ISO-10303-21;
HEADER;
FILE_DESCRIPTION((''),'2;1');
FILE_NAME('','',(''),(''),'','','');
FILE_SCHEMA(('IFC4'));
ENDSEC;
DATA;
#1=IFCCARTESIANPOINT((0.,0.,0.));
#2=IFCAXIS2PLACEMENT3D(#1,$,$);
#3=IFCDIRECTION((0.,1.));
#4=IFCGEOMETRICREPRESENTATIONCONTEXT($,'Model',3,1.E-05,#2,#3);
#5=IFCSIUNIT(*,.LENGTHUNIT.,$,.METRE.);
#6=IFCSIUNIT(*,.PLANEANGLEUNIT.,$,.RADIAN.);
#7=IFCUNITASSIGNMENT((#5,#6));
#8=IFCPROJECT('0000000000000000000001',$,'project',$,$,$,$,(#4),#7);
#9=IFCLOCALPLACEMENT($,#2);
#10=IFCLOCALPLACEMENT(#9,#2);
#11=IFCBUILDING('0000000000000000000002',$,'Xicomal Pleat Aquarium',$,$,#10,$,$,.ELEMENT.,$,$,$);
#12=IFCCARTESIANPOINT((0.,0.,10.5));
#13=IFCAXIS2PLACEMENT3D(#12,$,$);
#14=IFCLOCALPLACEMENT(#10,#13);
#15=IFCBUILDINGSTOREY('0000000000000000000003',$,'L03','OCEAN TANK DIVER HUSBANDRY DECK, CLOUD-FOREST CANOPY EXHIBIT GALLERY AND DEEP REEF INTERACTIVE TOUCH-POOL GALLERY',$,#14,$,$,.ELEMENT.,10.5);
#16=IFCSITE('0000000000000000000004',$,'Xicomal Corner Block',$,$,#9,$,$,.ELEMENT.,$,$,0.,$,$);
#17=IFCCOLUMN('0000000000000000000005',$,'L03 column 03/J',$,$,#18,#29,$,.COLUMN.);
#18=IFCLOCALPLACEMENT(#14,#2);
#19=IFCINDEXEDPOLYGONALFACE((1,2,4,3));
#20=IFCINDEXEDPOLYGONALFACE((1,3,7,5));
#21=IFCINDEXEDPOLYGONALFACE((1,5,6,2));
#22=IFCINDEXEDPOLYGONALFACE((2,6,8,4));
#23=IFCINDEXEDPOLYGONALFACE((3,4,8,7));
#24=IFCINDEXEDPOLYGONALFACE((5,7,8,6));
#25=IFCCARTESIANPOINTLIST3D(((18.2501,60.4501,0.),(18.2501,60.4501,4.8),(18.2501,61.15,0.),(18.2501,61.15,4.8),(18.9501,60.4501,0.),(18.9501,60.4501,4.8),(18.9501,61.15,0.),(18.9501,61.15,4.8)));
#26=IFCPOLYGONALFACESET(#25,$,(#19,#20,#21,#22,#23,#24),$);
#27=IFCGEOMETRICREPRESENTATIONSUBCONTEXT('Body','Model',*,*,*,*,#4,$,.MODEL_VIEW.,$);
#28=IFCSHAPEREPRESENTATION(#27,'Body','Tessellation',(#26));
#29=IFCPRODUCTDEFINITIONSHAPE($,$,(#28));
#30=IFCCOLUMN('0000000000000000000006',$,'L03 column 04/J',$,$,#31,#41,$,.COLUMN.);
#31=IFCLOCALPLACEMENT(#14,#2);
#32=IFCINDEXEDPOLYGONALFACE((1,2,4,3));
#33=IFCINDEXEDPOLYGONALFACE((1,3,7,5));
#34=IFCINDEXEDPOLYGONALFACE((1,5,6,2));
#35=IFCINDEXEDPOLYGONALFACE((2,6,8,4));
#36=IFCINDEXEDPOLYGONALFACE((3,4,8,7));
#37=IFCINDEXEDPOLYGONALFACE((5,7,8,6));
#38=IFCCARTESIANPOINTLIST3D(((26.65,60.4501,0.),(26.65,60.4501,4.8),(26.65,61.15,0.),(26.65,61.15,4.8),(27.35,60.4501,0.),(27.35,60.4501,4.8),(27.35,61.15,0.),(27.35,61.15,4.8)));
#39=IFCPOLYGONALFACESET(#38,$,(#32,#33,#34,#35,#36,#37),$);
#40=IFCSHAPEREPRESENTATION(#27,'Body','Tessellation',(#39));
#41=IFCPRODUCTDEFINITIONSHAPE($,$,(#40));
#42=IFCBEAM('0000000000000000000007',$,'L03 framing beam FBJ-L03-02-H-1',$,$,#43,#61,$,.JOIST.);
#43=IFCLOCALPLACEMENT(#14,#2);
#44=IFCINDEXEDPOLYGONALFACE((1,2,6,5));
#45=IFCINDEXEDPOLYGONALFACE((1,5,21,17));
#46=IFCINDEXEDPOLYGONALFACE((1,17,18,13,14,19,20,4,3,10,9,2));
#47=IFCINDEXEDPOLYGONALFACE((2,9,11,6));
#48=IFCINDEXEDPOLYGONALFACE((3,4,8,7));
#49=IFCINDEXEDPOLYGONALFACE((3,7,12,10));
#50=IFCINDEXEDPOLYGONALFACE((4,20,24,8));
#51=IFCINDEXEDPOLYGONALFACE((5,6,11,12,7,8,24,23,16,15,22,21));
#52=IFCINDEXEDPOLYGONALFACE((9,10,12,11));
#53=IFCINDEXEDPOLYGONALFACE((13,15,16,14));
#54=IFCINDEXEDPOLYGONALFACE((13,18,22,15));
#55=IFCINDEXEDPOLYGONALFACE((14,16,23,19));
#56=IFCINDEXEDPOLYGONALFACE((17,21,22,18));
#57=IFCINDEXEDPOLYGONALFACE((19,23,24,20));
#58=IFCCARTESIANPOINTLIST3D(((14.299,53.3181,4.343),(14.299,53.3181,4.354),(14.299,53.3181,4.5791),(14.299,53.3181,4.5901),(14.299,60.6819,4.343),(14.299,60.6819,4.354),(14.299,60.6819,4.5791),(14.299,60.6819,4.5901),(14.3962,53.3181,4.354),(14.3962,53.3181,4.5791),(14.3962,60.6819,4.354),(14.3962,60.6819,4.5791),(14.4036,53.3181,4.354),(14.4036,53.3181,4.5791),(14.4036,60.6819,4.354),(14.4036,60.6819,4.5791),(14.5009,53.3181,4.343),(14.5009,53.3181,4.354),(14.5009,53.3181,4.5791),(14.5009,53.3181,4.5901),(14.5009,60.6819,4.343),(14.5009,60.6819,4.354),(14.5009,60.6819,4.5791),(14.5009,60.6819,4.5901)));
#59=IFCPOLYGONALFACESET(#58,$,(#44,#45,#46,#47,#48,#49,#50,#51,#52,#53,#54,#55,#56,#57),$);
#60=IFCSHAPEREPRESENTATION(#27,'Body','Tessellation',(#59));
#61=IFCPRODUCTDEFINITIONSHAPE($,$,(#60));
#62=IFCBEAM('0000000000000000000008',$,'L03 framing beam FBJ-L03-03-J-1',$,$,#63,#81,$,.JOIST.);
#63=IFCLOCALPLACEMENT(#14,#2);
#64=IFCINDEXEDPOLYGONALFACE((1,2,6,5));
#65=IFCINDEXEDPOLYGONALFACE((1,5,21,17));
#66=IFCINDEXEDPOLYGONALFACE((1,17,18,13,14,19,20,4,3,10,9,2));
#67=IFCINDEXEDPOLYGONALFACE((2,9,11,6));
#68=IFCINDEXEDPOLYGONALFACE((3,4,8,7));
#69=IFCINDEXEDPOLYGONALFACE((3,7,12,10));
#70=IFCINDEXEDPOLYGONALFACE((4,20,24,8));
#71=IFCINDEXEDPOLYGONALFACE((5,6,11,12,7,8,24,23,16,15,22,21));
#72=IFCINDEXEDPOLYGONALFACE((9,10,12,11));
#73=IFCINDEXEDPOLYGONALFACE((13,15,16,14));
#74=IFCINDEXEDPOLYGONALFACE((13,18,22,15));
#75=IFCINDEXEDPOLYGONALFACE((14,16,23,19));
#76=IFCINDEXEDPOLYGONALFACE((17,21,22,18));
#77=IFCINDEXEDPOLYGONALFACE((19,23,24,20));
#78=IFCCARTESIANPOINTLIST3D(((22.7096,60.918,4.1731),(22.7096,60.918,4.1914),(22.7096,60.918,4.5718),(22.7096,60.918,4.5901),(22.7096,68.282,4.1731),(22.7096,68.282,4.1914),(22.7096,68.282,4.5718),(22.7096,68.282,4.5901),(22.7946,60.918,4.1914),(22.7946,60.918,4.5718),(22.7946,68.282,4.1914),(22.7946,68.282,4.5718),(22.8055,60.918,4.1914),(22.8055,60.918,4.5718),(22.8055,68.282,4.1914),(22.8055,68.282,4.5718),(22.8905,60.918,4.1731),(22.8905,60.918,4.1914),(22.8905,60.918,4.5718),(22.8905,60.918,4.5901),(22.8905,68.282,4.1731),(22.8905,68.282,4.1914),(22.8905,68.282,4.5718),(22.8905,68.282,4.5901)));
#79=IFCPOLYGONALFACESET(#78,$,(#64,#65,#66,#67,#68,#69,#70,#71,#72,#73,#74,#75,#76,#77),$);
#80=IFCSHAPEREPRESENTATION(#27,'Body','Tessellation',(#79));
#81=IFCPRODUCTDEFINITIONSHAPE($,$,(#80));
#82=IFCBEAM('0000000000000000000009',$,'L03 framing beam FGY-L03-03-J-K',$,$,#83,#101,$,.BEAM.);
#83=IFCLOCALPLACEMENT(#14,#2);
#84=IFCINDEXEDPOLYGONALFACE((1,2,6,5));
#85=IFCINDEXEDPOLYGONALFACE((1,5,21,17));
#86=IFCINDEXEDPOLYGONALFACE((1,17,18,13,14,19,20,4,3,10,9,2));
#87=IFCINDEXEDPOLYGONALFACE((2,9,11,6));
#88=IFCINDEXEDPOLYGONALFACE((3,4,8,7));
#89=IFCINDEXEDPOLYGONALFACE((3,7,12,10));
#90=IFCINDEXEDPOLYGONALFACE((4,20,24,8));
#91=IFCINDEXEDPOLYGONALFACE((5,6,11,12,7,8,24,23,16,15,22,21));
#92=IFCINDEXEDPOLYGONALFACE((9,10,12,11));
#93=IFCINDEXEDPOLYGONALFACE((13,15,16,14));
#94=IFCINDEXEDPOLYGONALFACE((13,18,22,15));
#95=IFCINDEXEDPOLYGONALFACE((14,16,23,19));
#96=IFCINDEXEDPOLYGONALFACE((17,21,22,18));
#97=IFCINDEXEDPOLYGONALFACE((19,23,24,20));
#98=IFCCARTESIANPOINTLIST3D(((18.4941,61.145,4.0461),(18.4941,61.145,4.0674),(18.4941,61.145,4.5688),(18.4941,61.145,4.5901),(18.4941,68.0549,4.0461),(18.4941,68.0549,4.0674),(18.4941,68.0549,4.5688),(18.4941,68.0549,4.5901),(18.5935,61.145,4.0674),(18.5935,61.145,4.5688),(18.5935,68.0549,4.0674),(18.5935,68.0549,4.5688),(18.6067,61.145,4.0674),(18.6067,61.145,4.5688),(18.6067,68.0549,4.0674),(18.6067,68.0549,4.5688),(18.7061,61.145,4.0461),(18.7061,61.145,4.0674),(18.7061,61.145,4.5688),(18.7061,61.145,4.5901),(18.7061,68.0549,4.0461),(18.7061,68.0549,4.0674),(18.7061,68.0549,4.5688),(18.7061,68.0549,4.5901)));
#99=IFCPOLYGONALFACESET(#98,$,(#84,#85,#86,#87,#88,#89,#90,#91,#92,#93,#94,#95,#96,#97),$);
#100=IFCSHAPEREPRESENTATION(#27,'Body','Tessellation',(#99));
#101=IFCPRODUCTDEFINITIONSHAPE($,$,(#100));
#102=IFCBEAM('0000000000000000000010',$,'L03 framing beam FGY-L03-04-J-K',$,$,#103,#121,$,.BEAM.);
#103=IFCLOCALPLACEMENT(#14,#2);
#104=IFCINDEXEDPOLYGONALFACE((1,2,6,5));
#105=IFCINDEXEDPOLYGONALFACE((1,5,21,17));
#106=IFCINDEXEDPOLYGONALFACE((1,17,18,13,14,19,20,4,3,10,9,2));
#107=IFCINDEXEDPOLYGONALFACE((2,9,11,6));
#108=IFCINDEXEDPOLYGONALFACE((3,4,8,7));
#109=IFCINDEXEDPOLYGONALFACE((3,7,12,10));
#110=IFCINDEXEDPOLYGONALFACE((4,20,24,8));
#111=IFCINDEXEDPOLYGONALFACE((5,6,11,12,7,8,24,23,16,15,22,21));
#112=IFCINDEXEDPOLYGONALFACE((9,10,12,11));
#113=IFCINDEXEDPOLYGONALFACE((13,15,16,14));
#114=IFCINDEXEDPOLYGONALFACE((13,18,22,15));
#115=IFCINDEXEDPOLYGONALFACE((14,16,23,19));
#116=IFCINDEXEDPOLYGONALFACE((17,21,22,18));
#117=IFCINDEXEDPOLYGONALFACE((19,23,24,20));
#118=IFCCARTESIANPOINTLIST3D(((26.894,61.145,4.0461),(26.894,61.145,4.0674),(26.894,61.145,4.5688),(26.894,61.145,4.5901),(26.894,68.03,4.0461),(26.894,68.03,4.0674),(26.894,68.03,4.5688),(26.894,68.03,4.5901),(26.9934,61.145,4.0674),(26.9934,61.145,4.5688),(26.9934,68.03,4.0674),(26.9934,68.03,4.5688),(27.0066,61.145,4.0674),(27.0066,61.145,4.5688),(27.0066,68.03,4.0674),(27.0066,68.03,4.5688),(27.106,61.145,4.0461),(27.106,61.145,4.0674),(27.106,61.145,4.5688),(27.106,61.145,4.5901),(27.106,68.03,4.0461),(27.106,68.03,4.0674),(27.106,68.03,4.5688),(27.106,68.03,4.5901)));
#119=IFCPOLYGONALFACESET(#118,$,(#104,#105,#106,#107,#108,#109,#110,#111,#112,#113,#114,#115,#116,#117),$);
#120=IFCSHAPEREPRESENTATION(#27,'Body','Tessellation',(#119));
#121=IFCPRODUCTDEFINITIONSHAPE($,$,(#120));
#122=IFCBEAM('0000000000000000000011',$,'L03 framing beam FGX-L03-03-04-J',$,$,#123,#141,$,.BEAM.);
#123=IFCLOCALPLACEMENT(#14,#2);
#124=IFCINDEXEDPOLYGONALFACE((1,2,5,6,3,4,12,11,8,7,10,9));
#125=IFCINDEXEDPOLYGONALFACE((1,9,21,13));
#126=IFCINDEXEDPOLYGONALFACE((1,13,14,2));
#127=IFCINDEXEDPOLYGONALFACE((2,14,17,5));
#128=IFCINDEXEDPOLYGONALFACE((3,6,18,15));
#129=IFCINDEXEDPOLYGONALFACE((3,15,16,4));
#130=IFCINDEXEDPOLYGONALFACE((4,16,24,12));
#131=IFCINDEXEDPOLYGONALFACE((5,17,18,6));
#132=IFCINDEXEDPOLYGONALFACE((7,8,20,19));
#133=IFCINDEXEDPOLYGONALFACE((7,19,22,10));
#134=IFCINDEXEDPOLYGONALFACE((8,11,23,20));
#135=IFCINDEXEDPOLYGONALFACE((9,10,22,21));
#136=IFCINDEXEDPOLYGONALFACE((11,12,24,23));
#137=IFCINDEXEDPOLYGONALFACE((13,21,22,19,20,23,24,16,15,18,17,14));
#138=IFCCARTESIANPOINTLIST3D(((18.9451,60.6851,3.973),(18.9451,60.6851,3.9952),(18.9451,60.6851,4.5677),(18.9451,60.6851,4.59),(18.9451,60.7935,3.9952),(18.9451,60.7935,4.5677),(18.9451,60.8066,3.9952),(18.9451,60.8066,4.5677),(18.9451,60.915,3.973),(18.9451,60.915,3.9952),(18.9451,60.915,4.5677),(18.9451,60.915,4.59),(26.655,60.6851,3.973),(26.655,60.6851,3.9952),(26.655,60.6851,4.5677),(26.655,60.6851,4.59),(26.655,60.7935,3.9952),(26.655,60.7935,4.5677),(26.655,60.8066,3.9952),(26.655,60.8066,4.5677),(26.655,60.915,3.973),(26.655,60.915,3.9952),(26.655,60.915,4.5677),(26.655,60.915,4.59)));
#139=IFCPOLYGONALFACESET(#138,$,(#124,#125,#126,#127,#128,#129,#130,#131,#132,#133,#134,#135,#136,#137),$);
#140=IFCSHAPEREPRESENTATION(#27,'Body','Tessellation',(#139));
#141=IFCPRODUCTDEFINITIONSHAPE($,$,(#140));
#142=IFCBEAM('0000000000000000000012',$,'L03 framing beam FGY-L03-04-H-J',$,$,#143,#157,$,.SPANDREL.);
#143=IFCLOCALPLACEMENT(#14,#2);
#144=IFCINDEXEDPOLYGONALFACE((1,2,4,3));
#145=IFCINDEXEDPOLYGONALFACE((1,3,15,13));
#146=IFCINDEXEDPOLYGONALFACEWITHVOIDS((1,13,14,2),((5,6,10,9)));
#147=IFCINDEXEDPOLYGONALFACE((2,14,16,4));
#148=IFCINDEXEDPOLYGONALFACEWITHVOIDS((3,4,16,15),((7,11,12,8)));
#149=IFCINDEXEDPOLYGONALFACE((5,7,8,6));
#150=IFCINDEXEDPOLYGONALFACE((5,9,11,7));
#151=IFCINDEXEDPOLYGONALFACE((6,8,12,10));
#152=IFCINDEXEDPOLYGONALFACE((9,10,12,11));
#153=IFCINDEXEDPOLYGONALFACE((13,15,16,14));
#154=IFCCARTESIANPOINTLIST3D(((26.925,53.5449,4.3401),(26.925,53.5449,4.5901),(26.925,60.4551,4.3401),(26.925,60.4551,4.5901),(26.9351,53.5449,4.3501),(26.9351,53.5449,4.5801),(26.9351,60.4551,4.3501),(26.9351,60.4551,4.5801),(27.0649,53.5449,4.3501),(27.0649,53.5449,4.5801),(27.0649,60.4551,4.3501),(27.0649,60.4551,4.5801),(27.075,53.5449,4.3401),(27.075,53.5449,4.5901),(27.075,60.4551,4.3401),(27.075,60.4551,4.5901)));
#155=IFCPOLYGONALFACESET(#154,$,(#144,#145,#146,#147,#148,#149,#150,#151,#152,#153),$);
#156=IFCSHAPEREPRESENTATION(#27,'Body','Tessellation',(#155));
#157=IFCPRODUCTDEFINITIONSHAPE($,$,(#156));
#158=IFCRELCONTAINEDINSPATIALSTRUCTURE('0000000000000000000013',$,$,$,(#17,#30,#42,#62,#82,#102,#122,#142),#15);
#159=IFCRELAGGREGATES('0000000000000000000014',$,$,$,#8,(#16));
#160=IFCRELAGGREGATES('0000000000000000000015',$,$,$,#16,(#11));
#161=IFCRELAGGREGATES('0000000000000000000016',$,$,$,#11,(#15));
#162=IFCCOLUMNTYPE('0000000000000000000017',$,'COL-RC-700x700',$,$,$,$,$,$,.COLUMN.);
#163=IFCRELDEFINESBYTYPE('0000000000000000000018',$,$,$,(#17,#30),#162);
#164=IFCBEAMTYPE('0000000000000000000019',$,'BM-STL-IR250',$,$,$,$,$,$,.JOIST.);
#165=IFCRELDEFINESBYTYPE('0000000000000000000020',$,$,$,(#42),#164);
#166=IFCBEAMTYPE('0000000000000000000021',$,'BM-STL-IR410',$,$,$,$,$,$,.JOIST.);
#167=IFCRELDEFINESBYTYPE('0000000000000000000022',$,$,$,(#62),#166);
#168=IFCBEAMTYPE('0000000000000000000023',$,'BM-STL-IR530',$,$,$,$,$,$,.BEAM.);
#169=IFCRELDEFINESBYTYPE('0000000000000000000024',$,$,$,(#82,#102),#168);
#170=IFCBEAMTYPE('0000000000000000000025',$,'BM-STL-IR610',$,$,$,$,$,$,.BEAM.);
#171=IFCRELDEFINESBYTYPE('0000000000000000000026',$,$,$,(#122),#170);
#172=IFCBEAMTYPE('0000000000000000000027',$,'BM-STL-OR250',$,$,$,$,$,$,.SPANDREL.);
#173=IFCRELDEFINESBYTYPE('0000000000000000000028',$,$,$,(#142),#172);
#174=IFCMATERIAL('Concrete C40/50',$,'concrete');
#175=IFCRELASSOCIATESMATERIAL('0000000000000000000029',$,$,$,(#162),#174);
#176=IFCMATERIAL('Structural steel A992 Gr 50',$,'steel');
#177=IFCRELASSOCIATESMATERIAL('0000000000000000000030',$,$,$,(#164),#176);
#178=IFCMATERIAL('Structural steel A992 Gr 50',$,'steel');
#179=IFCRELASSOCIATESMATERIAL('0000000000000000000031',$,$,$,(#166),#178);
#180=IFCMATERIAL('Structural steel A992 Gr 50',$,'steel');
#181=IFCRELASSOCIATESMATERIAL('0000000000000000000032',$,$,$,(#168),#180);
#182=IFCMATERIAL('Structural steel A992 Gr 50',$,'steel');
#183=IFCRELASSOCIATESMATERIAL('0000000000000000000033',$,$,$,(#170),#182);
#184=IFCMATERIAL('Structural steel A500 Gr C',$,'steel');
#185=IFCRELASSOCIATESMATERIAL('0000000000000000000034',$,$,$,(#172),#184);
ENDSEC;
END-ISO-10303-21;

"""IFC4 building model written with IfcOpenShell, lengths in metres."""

from ifc_helpers import new_model, si_unit, direction, frame, origin, origin_2d, place, context, subcontext, project, spatial, rectangle, hollow_rectangle, i_section, extrude, material, material_profile, profile_set, type_object, element, save


model = new_model("IFC4")

# Units and contexts
model_context = context("Model", 3, precision=1e-05, world=origin(), true_north=direction((0.0, 1.0)))
body_context = subcontext(model_context, "Body", "Model", "MODEL_VIEW")
ifc_project = project(units=[si_unit("LENGTHUNIT", "METRE"), si_unit("PLANEANGLEUNIT", "RADIAN")], contexts=[model_context])

# Site, building, storey
site_placement = place(None, origin())
site = spatial("IfcSite", under=ifc_project, at=site_placement, Name="Xicomal Corner Block", CompositionType="ELEMENT", RefElevation=0.0)
building_placement = place(site_placement, origin())
building = spatial("IfcBuilding", under=site, at=building_placement, Name="Xicomal Pleat Aquarium", CompositionType="ELEMENT")
storey_placement = place(building_placement, frame((0.0, 0.0, 10.5)))
storey = spatial("IfcBuildingStorey", under=building, at=storey_placement, Name="L03", Description="OCEAN TANK DIVER HUSBANDRY DECK, CLOUD-FOREST CANOPY EXHIBIT GALLERY AND DEEP REEF INTERACTIVE TOUCH-POOL GALLERY", CompositionType="ELEMENT", Elevation=10.5)

# Columns
ifc_material_1 = material(Name="Concrete C40/50", Category="concrete")
ifc_material_profile_1 = material_profile(ifc_material_1, rectangle(XDim=0.7, YDim=0.7, at=origin_2d()), Name="RC 700x700")
ifc_profile_set_1 = profile_set([ifc_material_profile_1], Name="Concrete C40/50")
column_type = type_object("IfcColumnType", Name="COL-RC-700x700", PredefinedType="COLUMN", material=ifc_profile_set_1)
for number, where, z_axis, x_axis, name in (
    (1, (18.6001, 60.8, 0.0), (0.0, 0.0, 1.0), (1.0, 0.0, 0.0), "L03 column 03/J"),
    (2, (27.0, 60.8, 0.0), (0.0, 0.0, 1.0), (1.0, 0.0, 0.0), "L03 column 04/J"),
):
    element("IfcColumn", number, at=place(storey_placement, frame(where, z_axis=z_axis, x_axis=x_axis)), inside=storey, type_object=column_type, Name=name, PredefinedType="COLUMN", context=body_context, shape_type="SweptSolid", body=[
        extrude(rectangle(XDim=0.7, YDim=0.7, at=origin_2d()), origin(), (0.0, 0.0, 1.0), 4.8),
    ])

# Beams
ifc_material_2 = material(Name="Structural steel A992 Gr 50", Category="steel")
ifc_material_profile_2 = material_profile(ifc_material_2, i_section(OverallWidth=0.2019, OverallDepth=0.2471, WebThickness=0.0073, FlangeThickness=0.011, at=origin_2d()), Name="IR 250x49")
ifc_profile_set_2 = profile_set([ifc_material_profile_2], Name="Structural steel A992 Gr 50")
beam_type_1 = type_object("IfcBeamType", Name="BM-STL-IR250", PredefinedType="JOIST", material=ifc_profile_set_2)
beam_1_placement = place(storey_placement, frame((14.3999, 53.3181, 4.4666), z_axis=(0.0, 1.0, 0.0), x_axis=(-1.0, 0.0, 0.0)))
element("IfcBeam", 3, at=beam_1_placement, inside=storey, type_object=beam_type_1, Name="L03 framing beam FBJ-L03-02-H-1", PredefinedType="JOIST", context=body_context, shape_type="SweptSolid", body=[
    extrude(i_section(OverallWidth=0.2019, OverallDepth=0.2471, WebThickness=0.0073, FlangeThickness=0.011, at=origin_2d()), origin(), (0.0, 0.0, 1.0), 7.3638),
])
ifc_material_3 = material(Name="Structural steel A992 Gr 50", Category="steel")
ifc_material_profile_3 = material_profile(ifc_material_3, i_section(OverallWidth=0.1809, OverallDepth=0.417, WebThickness=0.011, FlangeThickness=0.0183, at=origin_2d()), Name="IR 410x85")
ifc_profile_set_3 = profile_set([ifc_material_profile_3], Name="Structural steel A992 Gr 50")
beam_type_2 = type_object("IfcBeamType", Name="BM-STL-IR410", PredefinedType="JOIST", material=ifc_profile_set_3)
beam_2_placement = place(storey_placement, frame((22.8, 60.918, 4.3816), z_axis=(0.0, 1.0, 0.0), x_axis=(-1.0, 0.0, 0.0)))
element("IfcBeam", 4, at=beam_2_placement, inside=storey, type_object=beam_type_2, Name="L03 framing beam FBJ-L03-03-J-1", PredefinedType="JOIST", context=body_context, shape_type="SweptSolid", body=[
    extrude(i_section(OverallWidth=0.1809, OverallDepth=0.417, WebThickness=0.011, FlangeThickness=0.0183, at=origin_2d()), origin(), (0.0, 0.0, 1.0), 7.364),
])
ifc_material_4 = material(Name="Structural steel A992 Gr 50", Category="steel")
ifc_material_profile_4 = material_profile(ifc_material_4, i_section(OverallWidth=0.2119, OverallDepth=0.5439, WebThickness=0.0132, FlangeThickness=0.0212, at=origin_2d()), Name="IR 530x123")
ifc_profile_set_4 = profile_set([ifc_material_profile_4], Name="Structural steel A992 Gr 50")
beam_type_3 = type_object("IfcBeamType", Name="BM-STL-IR530", PredefinedType="BEAM", material=ifc_profile_set_4)
beam_3_placement = place(storey_placement, frame((18.6001, 61.145, 4.3181), z_axis=(0.0, 1.0, 0.0), x_axis=(-1.0, 0.0, 0.0)))
element("IfcBeam", 5, at=beam_3_placement, inside=storey, type_object=beam_type_3, Name="L03 framing beam FGY-L03-03-J-K", PredefinedType="BEAM", context=body_context, shape_type="SweptSolid", body=[
    extrude(i_section(OverallWidth=0.2119, OverallDepth=0.5439, WebThickness=0.0132, FlangeThickness=0.0212, at=origin_2d()), origin(), (0.0, 0.0, 1.0), 6.9099),
])
beam_4_placement = place(storey_placement, frame((27.0, 61.145, 4.3181), z_axis=(0.0, 1.0, 0.0), x_axis=(-1.0, 0.0, 0.0)))
element("IfcBeam", 6, at=beam_4_placement, inside=storey, type_object=beam_type_3, Name="L03 framing beam FGY-L03-04-J-K", PredefinedType="BEAM", context=body_context, shape_type="SweptSolid", body=[
    extrude(i_section(OverallWidth=0.2119, OverallDepth=0.5439, WebThickness=0.0132, FlangeThickness=0.0212, at=origin_2d()), origin(), (0.0, 0.0, 1.0), 6.885),
])
ifc_material_5 = material(Name="Structural steel A992 Gr 50", Category="steel")
ifc_material_profile_5 = material_profile(ifc_material_5, i_section(OverallWidth=0.23, OverallDepth=0.6169, WebThickness=0.0132, FlangeThickness=0.0222, at=origin_2d()), Name="IR 610x140")
ifc_profile_set_5 = profile_set([ifc_material_profile_5], Name="Structural steel A992 Gr 50")
beam_type_4 = type_object("IfcBeamType", Name="BM-STL-IR610", PredefinedType="BEAM", material=ifc_profile_set_5)
beam_5_placement = place(storey_placement, frame((18.9451, 60.8, 4.2815), z_axis=(1.0, 0.0, 0.0), x_axis=(0.0, 1.0, 0.0)))
element("IfcBeam", 7, at=beam_5_placement, inside=storey, type_object=beam_type_4, Name="L03 framing beam FGX-L03-03-04-J", PredefinedType="BEAM", context=body_context, shape_type="SweptSolid", body=[
    extrude(i_section(OverallWidth=0.23, OverallDepth=0.6169, WebThickness=0.0132, FlangeThickness=0.0222, at=origin_2d()), origin(), (0.0, 0.0, 1.0), 7.71),
])
ifc_material_6 = material(Name="Structural steel A500 Gr C", Category="steel")
ifc_material_profile_6 = material_profile(ifc_material_6, hollow_rectangle(XDim=0.1499, YDim=0.25, WallThickness=0.01, at=origin_2d()), Name="OR 250x150x10")
ifc_profile_set_6 = profile_set([ifc_material_profile_6], Name="Structural steel A500 Gr C")
beam_type_5 = type_object("IfcBeamType", Name="BM-STL-OR250", PredefinedType="SPANDREL", material=ifc_profile_set_6)
beam_6_placement = place(storey_placement, frame((27.0, 53.5449, 4.4651), z_axis=(0.0, 1.0, 0.0), x_axis=(-1.0, 0.0, 0.0)))
element("IfcBeam", 8, at=beam_6_placement, inside=storey, type_object=beam_type_5, Name="L03 framing beam FGY-L03-04-H-J", PredefinedType="SPANDREL", context=body_context, shape_type="SweptSolid", body=[
    extrude(hollow_rectangle(XDim=0.1499, YDim=0.25, WallThickness=0.01, at=origin_2d()), origin(), (0.0, 0.0, 1.0), 6.9102),
])

save(model, "model.ifc")
